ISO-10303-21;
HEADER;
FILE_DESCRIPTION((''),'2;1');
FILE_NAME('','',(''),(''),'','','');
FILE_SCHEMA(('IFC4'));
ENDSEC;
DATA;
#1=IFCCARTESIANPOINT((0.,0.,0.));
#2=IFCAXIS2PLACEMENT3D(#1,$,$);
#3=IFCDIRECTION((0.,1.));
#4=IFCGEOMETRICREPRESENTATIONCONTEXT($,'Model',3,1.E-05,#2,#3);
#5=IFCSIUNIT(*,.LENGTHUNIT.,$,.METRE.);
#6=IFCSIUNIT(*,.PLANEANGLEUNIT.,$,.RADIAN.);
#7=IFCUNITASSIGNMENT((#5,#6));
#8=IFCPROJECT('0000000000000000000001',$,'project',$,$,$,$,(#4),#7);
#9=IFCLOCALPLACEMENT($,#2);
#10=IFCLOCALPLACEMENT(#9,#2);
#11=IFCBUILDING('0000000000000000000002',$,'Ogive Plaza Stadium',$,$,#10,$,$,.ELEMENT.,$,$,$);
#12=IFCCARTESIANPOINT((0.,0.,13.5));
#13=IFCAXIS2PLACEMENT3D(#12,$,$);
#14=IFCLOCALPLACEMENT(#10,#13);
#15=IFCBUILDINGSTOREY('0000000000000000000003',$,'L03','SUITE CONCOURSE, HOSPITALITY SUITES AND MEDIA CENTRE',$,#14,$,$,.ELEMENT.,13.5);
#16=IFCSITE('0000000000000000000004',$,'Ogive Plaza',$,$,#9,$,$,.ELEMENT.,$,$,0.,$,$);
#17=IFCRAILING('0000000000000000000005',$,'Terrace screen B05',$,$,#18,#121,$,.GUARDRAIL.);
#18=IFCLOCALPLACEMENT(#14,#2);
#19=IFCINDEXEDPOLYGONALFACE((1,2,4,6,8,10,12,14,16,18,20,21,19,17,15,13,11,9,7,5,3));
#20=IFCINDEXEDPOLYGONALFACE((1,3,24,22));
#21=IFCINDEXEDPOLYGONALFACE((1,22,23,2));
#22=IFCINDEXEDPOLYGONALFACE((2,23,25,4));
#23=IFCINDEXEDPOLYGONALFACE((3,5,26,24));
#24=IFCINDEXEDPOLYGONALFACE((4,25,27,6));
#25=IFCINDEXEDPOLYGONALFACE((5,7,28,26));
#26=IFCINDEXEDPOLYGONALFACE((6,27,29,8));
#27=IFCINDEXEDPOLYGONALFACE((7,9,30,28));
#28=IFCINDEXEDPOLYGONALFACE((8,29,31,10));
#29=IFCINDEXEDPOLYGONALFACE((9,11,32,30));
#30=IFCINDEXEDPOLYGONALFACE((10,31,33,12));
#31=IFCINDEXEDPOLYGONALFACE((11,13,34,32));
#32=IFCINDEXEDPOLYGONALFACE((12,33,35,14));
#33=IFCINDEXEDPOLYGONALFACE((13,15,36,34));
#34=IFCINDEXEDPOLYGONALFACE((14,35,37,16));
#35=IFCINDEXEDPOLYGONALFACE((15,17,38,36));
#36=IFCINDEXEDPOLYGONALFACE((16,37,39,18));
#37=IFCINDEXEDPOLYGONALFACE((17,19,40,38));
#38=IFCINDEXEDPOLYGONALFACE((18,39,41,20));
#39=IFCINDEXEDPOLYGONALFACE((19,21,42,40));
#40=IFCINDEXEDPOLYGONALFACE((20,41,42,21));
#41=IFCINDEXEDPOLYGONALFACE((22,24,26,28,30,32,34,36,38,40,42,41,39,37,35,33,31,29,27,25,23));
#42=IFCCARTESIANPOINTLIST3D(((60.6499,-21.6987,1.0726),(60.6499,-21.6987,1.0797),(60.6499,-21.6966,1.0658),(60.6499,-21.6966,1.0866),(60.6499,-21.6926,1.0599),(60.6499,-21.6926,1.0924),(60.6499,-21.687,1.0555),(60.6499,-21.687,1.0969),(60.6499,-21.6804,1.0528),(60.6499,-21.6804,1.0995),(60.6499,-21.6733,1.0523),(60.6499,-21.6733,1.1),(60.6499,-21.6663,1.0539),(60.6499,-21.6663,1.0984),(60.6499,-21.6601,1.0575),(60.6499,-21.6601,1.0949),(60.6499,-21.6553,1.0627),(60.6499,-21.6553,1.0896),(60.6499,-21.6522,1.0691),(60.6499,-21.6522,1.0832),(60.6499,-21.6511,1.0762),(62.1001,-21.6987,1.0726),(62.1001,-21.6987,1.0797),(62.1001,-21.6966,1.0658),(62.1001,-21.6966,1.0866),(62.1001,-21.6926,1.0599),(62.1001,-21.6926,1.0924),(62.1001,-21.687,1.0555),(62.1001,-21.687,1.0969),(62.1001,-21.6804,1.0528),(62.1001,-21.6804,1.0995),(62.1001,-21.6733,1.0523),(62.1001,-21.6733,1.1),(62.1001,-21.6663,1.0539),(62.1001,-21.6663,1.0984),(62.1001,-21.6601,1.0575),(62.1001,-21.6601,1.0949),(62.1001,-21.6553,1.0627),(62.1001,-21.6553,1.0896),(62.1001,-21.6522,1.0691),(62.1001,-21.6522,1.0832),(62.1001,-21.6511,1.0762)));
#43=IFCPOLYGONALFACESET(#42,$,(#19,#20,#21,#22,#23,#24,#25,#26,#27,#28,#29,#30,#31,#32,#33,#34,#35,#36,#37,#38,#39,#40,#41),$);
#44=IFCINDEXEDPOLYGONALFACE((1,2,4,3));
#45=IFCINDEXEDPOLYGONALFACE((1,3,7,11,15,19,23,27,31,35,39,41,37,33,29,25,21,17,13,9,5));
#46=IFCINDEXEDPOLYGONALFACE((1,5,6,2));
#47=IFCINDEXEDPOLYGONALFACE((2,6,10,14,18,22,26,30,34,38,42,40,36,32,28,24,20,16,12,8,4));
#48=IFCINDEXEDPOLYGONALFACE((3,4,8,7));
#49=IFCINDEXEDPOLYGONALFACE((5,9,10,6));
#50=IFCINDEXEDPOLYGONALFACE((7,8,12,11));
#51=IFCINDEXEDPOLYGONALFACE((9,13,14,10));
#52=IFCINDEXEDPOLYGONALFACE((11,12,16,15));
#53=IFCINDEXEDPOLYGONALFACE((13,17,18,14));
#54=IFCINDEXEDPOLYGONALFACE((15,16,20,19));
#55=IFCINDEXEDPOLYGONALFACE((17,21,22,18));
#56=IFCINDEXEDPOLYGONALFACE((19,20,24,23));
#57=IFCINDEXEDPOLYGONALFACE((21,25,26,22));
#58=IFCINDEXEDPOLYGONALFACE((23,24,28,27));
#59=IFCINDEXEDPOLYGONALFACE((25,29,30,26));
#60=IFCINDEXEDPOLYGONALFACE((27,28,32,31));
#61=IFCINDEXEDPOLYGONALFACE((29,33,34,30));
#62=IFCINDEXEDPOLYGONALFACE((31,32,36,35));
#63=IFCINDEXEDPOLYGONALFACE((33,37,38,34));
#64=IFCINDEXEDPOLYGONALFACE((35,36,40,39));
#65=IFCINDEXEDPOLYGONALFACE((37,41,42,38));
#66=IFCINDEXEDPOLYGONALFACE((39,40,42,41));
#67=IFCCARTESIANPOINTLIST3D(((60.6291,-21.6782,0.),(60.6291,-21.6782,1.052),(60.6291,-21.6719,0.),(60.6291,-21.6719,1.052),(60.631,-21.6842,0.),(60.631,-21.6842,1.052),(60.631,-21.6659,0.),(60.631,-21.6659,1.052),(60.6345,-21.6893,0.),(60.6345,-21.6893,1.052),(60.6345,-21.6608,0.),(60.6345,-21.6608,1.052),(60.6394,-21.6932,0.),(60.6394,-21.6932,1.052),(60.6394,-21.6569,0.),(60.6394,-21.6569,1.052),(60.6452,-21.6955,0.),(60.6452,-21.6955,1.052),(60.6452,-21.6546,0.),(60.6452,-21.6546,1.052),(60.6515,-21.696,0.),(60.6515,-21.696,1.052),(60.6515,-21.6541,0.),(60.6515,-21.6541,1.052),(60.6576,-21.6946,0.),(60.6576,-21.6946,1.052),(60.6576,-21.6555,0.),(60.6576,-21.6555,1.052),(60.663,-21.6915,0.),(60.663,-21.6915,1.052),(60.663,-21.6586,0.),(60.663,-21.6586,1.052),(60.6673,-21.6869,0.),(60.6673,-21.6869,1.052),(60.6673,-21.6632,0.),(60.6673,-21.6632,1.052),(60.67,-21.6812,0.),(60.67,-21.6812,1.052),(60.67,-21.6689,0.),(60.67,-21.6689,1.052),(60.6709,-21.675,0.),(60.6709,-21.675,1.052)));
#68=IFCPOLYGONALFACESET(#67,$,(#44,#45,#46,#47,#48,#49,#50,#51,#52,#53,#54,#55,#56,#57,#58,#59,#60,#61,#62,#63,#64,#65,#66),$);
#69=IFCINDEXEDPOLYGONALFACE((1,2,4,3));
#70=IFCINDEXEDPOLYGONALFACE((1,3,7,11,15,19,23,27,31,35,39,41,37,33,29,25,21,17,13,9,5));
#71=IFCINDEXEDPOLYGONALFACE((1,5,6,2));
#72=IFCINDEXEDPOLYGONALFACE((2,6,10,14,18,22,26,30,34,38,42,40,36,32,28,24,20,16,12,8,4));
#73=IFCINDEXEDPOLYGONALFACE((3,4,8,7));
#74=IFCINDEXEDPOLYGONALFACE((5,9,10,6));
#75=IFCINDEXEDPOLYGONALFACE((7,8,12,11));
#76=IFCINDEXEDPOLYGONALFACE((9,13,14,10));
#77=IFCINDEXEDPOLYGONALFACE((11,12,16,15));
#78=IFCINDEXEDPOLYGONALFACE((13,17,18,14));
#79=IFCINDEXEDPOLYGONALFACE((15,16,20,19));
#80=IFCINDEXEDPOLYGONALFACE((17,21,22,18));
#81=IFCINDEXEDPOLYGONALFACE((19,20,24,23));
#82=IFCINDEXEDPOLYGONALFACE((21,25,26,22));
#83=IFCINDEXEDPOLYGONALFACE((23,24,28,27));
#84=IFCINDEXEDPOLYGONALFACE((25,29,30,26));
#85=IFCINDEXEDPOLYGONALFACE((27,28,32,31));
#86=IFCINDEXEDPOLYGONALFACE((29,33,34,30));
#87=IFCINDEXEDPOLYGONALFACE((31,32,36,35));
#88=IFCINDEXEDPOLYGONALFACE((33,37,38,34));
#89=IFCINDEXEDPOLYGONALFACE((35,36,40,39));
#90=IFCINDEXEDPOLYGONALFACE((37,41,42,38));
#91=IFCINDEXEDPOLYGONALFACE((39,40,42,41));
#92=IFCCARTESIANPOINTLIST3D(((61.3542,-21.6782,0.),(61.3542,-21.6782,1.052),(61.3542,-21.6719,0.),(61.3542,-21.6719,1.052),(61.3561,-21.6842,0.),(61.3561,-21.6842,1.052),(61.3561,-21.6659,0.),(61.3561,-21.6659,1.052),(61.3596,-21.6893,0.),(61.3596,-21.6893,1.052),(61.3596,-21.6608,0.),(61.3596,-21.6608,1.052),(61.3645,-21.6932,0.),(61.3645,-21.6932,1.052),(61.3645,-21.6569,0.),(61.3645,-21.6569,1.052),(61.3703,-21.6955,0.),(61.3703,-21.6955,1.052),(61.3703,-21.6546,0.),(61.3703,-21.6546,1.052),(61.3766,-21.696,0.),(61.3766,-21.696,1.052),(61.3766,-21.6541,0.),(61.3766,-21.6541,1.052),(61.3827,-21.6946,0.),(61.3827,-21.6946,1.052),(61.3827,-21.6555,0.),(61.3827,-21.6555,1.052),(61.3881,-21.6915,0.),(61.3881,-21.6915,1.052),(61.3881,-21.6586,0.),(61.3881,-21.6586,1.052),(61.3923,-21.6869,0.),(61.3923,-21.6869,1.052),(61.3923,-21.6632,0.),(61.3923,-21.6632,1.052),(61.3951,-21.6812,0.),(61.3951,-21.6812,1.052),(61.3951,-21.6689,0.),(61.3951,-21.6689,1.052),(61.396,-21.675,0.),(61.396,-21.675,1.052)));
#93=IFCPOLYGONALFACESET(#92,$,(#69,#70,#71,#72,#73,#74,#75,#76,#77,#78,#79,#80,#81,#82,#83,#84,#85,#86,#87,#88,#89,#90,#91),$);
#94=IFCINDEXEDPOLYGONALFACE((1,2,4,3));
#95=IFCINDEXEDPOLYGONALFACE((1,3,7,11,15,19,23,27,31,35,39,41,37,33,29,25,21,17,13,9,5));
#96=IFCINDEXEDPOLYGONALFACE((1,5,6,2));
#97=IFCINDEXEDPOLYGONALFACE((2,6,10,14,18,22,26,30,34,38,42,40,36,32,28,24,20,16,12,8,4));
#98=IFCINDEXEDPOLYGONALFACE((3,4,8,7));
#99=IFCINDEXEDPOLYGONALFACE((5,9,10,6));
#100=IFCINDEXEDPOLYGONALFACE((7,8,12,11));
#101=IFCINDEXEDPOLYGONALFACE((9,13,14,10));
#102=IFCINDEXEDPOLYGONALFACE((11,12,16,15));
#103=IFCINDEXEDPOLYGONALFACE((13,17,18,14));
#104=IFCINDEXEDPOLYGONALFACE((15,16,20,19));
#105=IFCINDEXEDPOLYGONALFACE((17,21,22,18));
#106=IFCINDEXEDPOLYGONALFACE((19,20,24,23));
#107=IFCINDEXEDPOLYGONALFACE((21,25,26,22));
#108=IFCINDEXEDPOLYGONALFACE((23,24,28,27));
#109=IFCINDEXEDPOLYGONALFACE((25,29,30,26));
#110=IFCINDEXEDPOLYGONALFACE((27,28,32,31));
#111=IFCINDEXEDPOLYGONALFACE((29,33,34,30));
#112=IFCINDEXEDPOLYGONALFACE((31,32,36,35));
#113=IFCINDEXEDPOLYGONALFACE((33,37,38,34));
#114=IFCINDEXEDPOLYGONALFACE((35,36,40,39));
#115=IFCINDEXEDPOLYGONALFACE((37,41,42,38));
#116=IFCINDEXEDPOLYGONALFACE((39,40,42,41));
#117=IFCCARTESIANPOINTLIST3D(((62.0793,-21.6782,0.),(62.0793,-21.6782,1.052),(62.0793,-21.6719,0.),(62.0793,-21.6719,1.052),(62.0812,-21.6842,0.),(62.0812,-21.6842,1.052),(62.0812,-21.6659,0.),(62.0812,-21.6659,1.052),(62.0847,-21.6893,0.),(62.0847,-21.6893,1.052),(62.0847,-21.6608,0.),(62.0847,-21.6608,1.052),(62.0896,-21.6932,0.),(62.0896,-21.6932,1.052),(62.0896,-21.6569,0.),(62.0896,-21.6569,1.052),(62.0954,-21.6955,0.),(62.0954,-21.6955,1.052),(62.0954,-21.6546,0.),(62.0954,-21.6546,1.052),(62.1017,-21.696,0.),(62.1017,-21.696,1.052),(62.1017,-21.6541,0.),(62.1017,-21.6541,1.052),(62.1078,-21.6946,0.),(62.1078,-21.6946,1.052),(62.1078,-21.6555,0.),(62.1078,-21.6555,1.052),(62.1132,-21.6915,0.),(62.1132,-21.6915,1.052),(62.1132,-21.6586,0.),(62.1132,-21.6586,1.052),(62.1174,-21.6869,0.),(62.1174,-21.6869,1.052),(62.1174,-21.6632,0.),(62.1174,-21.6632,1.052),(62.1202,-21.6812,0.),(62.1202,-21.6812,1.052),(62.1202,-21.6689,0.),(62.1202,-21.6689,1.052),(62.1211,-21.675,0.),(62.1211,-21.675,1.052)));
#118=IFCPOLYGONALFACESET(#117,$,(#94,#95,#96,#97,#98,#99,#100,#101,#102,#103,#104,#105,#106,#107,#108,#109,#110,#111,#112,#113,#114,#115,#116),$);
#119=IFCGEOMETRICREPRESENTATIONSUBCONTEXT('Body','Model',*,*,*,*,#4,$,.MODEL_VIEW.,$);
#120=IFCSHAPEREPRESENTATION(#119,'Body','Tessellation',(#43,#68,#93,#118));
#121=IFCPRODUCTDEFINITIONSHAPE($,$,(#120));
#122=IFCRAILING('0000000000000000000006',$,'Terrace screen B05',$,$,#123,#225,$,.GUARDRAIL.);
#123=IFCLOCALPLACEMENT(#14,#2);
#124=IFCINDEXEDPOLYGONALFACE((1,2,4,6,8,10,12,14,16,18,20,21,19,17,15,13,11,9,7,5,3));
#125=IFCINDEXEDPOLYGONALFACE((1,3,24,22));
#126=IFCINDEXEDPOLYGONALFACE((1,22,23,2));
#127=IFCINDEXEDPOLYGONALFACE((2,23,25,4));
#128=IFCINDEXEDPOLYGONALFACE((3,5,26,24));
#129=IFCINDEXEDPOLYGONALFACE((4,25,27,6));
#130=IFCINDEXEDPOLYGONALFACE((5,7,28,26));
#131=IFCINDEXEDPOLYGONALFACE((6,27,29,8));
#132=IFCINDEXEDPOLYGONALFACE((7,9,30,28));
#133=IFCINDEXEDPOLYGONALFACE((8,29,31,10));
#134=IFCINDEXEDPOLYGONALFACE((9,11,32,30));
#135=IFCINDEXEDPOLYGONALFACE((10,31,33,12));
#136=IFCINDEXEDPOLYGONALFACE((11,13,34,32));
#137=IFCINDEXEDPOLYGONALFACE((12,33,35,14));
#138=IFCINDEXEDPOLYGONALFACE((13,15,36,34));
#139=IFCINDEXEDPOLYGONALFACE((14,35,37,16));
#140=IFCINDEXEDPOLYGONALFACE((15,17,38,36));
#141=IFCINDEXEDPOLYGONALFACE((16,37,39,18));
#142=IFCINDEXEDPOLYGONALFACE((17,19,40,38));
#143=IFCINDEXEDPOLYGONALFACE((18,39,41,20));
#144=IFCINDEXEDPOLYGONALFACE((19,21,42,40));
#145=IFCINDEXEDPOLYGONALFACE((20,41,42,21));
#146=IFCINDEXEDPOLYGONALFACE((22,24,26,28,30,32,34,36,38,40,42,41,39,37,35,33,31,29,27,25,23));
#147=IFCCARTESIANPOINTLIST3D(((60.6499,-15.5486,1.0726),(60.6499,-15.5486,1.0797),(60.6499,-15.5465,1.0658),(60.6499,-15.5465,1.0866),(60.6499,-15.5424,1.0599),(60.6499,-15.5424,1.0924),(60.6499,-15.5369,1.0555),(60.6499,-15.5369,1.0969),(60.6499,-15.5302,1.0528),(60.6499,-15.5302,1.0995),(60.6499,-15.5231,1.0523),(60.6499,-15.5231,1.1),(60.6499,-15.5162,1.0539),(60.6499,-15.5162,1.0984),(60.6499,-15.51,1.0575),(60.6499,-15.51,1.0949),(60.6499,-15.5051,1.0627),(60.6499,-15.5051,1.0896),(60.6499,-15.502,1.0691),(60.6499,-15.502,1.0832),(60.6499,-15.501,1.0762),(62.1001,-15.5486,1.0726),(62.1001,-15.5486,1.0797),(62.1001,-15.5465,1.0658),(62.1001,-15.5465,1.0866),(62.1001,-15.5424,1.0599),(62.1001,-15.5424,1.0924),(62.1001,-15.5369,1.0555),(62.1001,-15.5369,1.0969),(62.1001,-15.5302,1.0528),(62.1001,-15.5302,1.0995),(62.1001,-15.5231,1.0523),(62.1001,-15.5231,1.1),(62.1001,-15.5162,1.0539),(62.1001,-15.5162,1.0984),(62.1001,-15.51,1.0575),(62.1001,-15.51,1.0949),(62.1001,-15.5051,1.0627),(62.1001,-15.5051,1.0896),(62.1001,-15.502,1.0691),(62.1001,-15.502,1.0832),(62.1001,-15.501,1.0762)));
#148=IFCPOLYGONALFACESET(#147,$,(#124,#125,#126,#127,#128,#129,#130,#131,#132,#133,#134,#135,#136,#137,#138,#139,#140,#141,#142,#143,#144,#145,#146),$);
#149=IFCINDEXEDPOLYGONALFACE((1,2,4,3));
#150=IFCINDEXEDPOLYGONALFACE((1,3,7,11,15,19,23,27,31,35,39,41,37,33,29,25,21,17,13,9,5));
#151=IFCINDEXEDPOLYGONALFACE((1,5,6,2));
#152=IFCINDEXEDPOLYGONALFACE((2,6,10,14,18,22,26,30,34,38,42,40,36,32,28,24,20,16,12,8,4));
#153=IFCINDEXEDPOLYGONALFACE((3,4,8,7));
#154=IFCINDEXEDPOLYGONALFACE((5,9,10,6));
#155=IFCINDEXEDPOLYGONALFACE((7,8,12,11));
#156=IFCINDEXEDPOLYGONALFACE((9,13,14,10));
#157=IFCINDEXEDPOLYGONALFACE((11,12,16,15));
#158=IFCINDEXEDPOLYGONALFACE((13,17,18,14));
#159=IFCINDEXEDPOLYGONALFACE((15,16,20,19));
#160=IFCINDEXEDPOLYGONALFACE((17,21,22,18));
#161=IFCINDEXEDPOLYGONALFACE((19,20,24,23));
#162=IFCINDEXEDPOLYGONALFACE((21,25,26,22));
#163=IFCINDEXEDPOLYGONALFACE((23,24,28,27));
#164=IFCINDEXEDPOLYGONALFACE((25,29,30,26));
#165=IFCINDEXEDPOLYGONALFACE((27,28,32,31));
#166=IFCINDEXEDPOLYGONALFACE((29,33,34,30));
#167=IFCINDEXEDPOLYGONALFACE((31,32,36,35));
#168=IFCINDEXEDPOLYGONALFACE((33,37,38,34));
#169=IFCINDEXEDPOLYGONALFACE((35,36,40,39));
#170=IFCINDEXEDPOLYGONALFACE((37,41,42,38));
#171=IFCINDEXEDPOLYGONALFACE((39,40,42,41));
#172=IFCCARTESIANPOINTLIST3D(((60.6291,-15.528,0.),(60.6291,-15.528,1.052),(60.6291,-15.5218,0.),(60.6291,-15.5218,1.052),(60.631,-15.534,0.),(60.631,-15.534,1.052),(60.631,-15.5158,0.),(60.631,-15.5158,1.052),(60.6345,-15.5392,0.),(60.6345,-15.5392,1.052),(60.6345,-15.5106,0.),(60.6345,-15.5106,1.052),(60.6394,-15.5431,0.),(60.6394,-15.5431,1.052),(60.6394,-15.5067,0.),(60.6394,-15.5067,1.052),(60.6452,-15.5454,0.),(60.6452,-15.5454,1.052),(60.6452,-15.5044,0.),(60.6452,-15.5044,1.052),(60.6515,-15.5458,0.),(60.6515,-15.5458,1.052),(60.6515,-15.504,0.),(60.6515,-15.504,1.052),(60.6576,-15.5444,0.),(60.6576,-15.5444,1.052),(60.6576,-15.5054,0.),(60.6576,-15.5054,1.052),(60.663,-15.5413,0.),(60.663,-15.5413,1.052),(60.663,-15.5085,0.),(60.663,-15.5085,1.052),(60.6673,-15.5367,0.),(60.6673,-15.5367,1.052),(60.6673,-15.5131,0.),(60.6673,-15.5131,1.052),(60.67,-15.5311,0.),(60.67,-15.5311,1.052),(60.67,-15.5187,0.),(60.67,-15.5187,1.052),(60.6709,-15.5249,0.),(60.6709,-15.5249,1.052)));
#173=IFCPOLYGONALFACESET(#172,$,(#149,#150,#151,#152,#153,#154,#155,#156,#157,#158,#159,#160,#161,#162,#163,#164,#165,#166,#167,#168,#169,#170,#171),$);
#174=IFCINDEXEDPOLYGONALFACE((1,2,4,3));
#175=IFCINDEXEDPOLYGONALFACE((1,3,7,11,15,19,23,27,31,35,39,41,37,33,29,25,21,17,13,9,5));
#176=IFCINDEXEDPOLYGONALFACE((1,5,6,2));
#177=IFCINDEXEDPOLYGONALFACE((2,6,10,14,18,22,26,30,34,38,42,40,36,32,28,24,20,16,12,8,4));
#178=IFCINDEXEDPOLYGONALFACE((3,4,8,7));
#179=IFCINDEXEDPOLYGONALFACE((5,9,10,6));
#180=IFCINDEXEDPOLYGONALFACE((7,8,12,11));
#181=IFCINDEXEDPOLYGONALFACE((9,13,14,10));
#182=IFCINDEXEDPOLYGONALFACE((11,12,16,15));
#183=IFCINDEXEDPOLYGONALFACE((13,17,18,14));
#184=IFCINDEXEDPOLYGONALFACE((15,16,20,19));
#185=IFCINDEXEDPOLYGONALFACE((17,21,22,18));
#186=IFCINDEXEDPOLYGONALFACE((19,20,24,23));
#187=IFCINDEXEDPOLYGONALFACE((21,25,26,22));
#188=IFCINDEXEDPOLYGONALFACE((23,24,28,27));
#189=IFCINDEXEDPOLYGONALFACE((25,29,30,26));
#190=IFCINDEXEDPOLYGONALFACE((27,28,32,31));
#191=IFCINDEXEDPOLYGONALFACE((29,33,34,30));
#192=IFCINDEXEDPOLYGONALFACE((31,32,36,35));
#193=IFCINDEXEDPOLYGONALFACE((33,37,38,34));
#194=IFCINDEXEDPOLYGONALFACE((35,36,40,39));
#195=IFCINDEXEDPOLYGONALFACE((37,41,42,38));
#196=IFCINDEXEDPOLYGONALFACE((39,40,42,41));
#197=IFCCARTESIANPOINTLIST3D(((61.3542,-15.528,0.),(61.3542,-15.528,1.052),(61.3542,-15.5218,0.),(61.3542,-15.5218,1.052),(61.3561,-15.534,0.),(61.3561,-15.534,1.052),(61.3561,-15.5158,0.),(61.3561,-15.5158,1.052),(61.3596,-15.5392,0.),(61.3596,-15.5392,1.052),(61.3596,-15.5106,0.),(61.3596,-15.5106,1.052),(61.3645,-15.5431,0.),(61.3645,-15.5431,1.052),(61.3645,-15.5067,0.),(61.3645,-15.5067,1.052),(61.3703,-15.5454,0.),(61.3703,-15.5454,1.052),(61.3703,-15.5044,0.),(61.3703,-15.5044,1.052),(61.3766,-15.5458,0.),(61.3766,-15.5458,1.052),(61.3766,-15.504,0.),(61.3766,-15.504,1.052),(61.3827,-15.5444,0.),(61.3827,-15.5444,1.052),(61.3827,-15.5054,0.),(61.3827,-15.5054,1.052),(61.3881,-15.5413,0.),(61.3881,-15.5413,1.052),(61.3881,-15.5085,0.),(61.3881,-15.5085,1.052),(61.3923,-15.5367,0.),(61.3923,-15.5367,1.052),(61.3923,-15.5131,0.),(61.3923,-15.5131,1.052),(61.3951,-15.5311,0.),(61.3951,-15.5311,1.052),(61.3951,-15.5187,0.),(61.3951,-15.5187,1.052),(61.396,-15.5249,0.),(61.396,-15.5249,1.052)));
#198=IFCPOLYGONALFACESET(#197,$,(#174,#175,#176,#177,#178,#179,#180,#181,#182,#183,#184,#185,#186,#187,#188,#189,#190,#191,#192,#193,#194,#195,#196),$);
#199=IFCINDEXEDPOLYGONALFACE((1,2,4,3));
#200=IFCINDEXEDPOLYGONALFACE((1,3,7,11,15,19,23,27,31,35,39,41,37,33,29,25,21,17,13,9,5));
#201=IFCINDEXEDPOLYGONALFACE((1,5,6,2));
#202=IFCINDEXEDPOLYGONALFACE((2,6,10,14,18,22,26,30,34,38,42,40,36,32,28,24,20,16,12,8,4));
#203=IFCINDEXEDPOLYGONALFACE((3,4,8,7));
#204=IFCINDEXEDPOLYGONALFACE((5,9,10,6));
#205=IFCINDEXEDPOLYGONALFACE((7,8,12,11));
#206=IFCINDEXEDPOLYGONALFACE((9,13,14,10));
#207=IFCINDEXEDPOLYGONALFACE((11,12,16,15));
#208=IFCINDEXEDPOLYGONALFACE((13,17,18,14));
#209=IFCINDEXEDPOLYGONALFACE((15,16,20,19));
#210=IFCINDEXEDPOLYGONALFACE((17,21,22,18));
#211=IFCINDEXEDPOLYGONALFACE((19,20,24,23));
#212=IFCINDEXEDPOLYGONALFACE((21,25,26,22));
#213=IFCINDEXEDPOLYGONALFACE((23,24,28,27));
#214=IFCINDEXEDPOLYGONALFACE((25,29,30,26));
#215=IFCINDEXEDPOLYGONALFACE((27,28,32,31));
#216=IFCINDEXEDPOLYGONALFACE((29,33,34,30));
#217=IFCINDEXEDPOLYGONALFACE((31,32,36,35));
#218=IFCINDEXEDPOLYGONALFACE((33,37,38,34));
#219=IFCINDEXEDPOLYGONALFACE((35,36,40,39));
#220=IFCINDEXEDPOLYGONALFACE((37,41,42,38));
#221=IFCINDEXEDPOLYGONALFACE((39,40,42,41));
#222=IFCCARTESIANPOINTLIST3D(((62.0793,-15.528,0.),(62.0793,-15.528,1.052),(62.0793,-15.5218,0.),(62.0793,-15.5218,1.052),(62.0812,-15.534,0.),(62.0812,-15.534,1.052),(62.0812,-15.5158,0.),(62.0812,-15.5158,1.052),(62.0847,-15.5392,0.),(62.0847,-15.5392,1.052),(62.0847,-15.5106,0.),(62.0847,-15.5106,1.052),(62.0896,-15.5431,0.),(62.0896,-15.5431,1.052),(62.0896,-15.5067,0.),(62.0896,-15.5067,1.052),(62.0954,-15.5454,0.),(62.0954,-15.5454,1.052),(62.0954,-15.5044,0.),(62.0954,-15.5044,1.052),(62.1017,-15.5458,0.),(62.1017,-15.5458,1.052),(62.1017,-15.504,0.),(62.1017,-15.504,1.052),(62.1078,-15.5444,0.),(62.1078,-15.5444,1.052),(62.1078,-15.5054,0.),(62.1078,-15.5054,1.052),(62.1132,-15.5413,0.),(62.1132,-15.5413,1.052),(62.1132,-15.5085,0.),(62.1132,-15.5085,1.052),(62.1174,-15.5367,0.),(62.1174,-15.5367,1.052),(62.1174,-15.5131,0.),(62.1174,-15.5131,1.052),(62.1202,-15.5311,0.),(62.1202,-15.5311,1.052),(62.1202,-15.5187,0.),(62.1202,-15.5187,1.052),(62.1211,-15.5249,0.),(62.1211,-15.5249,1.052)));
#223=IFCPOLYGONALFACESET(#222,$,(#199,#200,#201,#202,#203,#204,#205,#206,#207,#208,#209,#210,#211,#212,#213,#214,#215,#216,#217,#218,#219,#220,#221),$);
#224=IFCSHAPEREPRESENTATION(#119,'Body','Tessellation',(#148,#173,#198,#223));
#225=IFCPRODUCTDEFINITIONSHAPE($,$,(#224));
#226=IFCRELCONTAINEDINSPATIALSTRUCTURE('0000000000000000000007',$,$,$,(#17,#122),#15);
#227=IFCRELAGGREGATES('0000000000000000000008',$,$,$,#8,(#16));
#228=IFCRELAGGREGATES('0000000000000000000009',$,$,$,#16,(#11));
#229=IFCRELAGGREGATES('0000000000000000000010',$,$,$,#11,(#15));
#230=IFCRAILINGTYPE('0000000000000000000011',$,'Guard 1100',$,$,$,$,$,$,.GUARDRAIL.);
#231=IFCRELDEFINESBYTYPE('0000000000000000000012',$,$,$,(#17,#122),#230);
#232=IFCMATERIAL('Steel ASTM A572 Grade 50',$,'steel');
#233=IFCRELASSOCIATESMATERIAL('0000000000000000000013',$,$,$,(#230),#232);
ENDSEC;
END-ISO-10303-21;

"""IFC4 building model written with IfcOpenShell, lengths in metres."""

from ifc_helpers import new_model, si_unit, direction, frame, origin, origin_2d, place, context, subcontext, project, spatial, circle, extrude, material, type_object, element, save


model = new_model("IFC4")

# Units and contexts
model_context = context("Model", 3, precision=1e-05, world=origin(), true_north=direction((0.0, 1.0)))
body_context = subcontext(model_context, "Body", "Model", "MODEL_VIEW")
ifc_project = project(units=[si_unit("LENGTHUNIT", "METRE"), si_unit("PLANEANGLEUNIT", "RADIAN")], contexts=[model_context])

# Site, building, storey
site_placement = place(None, origin())
site = spatial("IfcSite", under=ifc_project, at=site_placement, Name="Ogive Plaza", CompositionType="ELEMENT", RefElevation=0.0)
building_placement = place(site_placement, origin())
building = spatial("IfcBuilding", under=site, at=building_placement, Name="Ogive Plaza Stadium", CompositionType="ELEMENT")
storey_placement = place(building_placement, frame((0.0, 0.0, 13.5)))
storey = spatial("IfcBuildingStorey", under=building, at=storey_placement, Name="L03", Description="SUITE CONCOURSE, HOSPITALITY SUITES AND MEDIA CENTRE", CompositionType="ELEMENT", Elevation=13.5)

# Railings
ifc_material_1 = material(Name="Steel ASTM A572 Grade 50", Category="steel")
railing_type = type_object("IfcRailingType", Name="Guard 1100", PredefinedType="GUARDRAIL", material=ifc_material_1)
for number, where, name in (
    (1, (60.6499, -21.675, 0.0), "Terrace screen B05"),
    (2, (60.6499, -15.5249, 0.0), "Terrace screen B05"),
):
    element("IfcRailing", number, at=place(storey_placement, frame(where)), inside=storey, type_object=railing_type, Name=name, PredefinedType="GUARDRAIL", context=body_context, shape_type="SweptSolid", body=[
        extrude(circle(Radius=0.0239, at=origin_2d()), frame((0.0, 0.0, 1.0762), z_axis=(1.0, 0.0, 0.0), x_axis=(0.0, 1.0, 0.0)), (0.0, 0.0, 1.0), 1.4502),
        extrude(circle(Radius=0.021, at=origin_2d()), origin(), (0.0, 0.0, 1.0), 1.052),
        extrude(circle(Radius=0.021, at=origin_2d()), frame((0.7251, 0.0, 0.0)), (0.0, 0.0, 1.0), 1.052),
        extrude(circle(Radius=0.021, at=origin_2d()), frame((1.4502, 0.0, 0.0)), (0.0, 0.0, 1.0), 1.052),
    ])

save(model, "model.ifc")
